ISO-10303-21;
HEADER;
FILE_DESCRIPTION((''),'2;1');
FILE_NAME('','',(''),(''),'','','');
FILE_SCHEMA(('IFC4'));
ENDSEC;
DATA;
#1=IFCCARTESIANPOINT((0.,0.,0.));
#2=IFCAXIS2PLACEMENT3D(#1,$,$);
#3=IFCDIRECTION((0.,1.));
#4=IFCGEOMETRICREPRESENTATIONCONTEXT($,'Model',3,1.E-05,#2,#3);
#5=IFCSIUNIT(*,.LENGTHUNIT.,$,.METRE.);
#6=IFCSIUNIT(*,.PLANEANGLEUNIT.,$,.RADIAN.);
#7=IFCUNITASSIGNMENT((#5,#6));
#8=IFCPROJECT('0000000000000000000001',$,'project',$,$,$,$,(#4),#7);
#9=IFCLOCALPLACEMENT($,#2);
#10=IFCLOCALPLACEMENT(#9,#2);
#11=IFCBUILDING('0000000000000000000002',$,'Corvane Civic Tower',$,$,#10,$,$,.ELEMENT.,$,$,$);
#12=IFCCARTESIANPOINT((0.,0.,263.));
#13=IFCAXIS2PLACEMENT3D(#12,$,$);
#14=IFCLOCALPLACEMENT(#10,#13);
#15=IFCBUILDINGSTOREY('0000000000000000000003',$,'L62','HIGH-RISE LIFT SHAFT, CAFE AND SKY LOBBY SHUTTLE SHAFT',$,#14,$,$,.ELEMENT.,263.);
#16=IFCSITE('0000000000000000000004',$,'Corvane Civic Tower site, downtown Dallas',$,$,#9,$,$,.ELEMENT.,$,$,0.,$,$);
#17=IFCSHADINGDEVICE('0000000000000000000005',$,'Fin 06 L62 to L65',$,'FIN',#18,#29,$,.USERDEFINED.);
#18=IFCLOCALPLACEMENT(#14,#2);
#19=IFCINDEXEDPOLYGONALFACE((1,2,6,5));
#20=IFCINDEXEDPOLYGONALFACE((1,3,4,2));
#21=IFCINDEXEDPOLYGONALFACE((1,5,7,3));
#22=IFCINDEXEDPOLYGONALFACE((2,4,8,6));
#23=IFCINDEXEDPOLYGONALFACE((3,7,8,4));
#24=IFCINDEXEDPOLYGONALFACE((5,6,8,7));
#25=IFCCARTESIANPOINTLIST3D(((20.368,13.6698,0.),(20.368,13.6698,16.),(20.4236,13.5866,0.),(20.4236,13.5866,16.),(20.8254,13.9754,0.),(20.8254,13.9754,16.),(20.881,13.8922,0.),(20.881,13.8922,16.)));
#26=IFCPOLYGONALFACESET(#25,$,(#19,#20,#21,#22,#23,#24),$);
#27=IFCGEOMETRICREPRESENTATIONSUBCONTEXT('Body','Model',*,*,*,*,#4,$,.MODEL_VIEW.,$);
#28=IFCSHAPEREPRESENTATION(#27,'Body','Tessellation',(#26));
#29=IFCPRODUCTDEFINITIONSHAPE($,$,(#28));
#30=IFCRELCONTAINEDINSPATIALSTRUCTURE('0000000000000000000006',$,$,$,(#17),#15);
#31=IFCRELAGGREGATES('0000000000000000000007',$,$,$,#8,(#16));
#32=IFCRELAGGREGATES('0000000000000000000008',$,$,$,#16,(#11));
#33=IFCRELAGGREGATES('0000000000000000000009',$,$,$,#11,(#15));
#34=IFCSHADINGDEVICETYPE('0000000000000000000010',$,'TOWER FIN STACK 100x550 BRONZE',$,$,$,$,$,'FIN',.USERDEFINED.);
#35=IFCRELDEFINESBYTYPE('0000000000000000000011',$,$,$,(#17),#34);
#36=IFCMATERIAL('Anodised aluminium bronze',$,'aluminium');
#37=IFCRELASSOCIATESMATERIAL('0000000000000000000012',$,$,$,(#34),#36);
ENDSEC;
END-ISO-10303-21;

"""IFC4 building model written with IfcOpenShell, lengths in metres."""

from ifc_helpers import new_model, si_unit, direction, frame, origin, origin_2d, place, context, subcontext, project, spatial, rectangle, extrude, material, material_profile, profile_set, type_object, element, save


model = new_model("IFC4")

# Units and contexts
model_context = context("Model", 3, precision=1e-05, world=origin(), true_north=direction((0.0, 1.0)))
body_context = subcontext(model_context, "Body", "Model", "MODEL_VIEW")
ifc_project = project(units=[si_unit("LENGTHUNIT", "METRE"), si_unit("PLANEANGLEUNIT", "RADIAN")], contexts=[model_context])

# Site, building, storey
site_placement = place(None, origin())
site = spatial("IfcSite", under=ifc_project, at=site_placement, Name="Corvane Civic Tower site, downtown Dallas", CompositionType="ELEMENT", RefElevation=0.0)
building_placement = place(site_placement, origin())
building = spatial("IfcBuilding", under=site, at=building_placement, Name="Corvane Civic Tower", CompositionType="ELEMENT")
storey_placement = place(building_placement, frame((0.0, 0.0, 263.0)))
storey = spatial("IfcBuildingStorey", under=building, at=storey_placement, Name="L62", Description="HIGH-RISE LIFT SHAFT, CAFE AND SKY LOBBY SHUTTLE SHAFT", CompositionType="ELEMENT", Elevation=263.0)

# Shading device
ifc_material_1 = material(Name="Anodised aluminium bronze", Category="aluminium")
ifc_material_profile_1 = material_profile(ifc_material_1, rectangle(XDim=0.1001, YDim=0.55, at=origin_2d()), Name="TOWER FIN STACK 100x550 BRONZE")
ifc_profile_set_1 = profile_set([ifc_material_profile_1], Name="Anodised aluminium bronze")
shading_device_type = type_object("IfcShadingDeviceType", Name="TOWER FIN STACK 100x550 BRONZE", ElementType="FIN", PredefinedType="USERDEFINED", material=ifc_profile_set_1)
for number, where, z_axis, x_axis, name in (
    (1, (20.6245, 13.781, 0.0), (0.0, 0.0, 1.0), (0.55557, -0.83147, 0.0), "Fin 06 L62 to L65"),
):
    element("IfcShadingDevice", number, at=place(storey_placement, frame(where, z_axis=z_axis, x_axis=x_axis)), inside=storey, type_object=shading_device_type, Name=name, ObjectType="FIN", PredefinedType="USERDEFINED", context=body_context, shape_type="SweptSolid", body=[
        extrude(rectangle(XDim=0.1001, YDim=0.55, at=origin_2d()), origin(), (0.0, 0.0, 1.0), 16.0),
    ])

save(model, "model.ifc")
